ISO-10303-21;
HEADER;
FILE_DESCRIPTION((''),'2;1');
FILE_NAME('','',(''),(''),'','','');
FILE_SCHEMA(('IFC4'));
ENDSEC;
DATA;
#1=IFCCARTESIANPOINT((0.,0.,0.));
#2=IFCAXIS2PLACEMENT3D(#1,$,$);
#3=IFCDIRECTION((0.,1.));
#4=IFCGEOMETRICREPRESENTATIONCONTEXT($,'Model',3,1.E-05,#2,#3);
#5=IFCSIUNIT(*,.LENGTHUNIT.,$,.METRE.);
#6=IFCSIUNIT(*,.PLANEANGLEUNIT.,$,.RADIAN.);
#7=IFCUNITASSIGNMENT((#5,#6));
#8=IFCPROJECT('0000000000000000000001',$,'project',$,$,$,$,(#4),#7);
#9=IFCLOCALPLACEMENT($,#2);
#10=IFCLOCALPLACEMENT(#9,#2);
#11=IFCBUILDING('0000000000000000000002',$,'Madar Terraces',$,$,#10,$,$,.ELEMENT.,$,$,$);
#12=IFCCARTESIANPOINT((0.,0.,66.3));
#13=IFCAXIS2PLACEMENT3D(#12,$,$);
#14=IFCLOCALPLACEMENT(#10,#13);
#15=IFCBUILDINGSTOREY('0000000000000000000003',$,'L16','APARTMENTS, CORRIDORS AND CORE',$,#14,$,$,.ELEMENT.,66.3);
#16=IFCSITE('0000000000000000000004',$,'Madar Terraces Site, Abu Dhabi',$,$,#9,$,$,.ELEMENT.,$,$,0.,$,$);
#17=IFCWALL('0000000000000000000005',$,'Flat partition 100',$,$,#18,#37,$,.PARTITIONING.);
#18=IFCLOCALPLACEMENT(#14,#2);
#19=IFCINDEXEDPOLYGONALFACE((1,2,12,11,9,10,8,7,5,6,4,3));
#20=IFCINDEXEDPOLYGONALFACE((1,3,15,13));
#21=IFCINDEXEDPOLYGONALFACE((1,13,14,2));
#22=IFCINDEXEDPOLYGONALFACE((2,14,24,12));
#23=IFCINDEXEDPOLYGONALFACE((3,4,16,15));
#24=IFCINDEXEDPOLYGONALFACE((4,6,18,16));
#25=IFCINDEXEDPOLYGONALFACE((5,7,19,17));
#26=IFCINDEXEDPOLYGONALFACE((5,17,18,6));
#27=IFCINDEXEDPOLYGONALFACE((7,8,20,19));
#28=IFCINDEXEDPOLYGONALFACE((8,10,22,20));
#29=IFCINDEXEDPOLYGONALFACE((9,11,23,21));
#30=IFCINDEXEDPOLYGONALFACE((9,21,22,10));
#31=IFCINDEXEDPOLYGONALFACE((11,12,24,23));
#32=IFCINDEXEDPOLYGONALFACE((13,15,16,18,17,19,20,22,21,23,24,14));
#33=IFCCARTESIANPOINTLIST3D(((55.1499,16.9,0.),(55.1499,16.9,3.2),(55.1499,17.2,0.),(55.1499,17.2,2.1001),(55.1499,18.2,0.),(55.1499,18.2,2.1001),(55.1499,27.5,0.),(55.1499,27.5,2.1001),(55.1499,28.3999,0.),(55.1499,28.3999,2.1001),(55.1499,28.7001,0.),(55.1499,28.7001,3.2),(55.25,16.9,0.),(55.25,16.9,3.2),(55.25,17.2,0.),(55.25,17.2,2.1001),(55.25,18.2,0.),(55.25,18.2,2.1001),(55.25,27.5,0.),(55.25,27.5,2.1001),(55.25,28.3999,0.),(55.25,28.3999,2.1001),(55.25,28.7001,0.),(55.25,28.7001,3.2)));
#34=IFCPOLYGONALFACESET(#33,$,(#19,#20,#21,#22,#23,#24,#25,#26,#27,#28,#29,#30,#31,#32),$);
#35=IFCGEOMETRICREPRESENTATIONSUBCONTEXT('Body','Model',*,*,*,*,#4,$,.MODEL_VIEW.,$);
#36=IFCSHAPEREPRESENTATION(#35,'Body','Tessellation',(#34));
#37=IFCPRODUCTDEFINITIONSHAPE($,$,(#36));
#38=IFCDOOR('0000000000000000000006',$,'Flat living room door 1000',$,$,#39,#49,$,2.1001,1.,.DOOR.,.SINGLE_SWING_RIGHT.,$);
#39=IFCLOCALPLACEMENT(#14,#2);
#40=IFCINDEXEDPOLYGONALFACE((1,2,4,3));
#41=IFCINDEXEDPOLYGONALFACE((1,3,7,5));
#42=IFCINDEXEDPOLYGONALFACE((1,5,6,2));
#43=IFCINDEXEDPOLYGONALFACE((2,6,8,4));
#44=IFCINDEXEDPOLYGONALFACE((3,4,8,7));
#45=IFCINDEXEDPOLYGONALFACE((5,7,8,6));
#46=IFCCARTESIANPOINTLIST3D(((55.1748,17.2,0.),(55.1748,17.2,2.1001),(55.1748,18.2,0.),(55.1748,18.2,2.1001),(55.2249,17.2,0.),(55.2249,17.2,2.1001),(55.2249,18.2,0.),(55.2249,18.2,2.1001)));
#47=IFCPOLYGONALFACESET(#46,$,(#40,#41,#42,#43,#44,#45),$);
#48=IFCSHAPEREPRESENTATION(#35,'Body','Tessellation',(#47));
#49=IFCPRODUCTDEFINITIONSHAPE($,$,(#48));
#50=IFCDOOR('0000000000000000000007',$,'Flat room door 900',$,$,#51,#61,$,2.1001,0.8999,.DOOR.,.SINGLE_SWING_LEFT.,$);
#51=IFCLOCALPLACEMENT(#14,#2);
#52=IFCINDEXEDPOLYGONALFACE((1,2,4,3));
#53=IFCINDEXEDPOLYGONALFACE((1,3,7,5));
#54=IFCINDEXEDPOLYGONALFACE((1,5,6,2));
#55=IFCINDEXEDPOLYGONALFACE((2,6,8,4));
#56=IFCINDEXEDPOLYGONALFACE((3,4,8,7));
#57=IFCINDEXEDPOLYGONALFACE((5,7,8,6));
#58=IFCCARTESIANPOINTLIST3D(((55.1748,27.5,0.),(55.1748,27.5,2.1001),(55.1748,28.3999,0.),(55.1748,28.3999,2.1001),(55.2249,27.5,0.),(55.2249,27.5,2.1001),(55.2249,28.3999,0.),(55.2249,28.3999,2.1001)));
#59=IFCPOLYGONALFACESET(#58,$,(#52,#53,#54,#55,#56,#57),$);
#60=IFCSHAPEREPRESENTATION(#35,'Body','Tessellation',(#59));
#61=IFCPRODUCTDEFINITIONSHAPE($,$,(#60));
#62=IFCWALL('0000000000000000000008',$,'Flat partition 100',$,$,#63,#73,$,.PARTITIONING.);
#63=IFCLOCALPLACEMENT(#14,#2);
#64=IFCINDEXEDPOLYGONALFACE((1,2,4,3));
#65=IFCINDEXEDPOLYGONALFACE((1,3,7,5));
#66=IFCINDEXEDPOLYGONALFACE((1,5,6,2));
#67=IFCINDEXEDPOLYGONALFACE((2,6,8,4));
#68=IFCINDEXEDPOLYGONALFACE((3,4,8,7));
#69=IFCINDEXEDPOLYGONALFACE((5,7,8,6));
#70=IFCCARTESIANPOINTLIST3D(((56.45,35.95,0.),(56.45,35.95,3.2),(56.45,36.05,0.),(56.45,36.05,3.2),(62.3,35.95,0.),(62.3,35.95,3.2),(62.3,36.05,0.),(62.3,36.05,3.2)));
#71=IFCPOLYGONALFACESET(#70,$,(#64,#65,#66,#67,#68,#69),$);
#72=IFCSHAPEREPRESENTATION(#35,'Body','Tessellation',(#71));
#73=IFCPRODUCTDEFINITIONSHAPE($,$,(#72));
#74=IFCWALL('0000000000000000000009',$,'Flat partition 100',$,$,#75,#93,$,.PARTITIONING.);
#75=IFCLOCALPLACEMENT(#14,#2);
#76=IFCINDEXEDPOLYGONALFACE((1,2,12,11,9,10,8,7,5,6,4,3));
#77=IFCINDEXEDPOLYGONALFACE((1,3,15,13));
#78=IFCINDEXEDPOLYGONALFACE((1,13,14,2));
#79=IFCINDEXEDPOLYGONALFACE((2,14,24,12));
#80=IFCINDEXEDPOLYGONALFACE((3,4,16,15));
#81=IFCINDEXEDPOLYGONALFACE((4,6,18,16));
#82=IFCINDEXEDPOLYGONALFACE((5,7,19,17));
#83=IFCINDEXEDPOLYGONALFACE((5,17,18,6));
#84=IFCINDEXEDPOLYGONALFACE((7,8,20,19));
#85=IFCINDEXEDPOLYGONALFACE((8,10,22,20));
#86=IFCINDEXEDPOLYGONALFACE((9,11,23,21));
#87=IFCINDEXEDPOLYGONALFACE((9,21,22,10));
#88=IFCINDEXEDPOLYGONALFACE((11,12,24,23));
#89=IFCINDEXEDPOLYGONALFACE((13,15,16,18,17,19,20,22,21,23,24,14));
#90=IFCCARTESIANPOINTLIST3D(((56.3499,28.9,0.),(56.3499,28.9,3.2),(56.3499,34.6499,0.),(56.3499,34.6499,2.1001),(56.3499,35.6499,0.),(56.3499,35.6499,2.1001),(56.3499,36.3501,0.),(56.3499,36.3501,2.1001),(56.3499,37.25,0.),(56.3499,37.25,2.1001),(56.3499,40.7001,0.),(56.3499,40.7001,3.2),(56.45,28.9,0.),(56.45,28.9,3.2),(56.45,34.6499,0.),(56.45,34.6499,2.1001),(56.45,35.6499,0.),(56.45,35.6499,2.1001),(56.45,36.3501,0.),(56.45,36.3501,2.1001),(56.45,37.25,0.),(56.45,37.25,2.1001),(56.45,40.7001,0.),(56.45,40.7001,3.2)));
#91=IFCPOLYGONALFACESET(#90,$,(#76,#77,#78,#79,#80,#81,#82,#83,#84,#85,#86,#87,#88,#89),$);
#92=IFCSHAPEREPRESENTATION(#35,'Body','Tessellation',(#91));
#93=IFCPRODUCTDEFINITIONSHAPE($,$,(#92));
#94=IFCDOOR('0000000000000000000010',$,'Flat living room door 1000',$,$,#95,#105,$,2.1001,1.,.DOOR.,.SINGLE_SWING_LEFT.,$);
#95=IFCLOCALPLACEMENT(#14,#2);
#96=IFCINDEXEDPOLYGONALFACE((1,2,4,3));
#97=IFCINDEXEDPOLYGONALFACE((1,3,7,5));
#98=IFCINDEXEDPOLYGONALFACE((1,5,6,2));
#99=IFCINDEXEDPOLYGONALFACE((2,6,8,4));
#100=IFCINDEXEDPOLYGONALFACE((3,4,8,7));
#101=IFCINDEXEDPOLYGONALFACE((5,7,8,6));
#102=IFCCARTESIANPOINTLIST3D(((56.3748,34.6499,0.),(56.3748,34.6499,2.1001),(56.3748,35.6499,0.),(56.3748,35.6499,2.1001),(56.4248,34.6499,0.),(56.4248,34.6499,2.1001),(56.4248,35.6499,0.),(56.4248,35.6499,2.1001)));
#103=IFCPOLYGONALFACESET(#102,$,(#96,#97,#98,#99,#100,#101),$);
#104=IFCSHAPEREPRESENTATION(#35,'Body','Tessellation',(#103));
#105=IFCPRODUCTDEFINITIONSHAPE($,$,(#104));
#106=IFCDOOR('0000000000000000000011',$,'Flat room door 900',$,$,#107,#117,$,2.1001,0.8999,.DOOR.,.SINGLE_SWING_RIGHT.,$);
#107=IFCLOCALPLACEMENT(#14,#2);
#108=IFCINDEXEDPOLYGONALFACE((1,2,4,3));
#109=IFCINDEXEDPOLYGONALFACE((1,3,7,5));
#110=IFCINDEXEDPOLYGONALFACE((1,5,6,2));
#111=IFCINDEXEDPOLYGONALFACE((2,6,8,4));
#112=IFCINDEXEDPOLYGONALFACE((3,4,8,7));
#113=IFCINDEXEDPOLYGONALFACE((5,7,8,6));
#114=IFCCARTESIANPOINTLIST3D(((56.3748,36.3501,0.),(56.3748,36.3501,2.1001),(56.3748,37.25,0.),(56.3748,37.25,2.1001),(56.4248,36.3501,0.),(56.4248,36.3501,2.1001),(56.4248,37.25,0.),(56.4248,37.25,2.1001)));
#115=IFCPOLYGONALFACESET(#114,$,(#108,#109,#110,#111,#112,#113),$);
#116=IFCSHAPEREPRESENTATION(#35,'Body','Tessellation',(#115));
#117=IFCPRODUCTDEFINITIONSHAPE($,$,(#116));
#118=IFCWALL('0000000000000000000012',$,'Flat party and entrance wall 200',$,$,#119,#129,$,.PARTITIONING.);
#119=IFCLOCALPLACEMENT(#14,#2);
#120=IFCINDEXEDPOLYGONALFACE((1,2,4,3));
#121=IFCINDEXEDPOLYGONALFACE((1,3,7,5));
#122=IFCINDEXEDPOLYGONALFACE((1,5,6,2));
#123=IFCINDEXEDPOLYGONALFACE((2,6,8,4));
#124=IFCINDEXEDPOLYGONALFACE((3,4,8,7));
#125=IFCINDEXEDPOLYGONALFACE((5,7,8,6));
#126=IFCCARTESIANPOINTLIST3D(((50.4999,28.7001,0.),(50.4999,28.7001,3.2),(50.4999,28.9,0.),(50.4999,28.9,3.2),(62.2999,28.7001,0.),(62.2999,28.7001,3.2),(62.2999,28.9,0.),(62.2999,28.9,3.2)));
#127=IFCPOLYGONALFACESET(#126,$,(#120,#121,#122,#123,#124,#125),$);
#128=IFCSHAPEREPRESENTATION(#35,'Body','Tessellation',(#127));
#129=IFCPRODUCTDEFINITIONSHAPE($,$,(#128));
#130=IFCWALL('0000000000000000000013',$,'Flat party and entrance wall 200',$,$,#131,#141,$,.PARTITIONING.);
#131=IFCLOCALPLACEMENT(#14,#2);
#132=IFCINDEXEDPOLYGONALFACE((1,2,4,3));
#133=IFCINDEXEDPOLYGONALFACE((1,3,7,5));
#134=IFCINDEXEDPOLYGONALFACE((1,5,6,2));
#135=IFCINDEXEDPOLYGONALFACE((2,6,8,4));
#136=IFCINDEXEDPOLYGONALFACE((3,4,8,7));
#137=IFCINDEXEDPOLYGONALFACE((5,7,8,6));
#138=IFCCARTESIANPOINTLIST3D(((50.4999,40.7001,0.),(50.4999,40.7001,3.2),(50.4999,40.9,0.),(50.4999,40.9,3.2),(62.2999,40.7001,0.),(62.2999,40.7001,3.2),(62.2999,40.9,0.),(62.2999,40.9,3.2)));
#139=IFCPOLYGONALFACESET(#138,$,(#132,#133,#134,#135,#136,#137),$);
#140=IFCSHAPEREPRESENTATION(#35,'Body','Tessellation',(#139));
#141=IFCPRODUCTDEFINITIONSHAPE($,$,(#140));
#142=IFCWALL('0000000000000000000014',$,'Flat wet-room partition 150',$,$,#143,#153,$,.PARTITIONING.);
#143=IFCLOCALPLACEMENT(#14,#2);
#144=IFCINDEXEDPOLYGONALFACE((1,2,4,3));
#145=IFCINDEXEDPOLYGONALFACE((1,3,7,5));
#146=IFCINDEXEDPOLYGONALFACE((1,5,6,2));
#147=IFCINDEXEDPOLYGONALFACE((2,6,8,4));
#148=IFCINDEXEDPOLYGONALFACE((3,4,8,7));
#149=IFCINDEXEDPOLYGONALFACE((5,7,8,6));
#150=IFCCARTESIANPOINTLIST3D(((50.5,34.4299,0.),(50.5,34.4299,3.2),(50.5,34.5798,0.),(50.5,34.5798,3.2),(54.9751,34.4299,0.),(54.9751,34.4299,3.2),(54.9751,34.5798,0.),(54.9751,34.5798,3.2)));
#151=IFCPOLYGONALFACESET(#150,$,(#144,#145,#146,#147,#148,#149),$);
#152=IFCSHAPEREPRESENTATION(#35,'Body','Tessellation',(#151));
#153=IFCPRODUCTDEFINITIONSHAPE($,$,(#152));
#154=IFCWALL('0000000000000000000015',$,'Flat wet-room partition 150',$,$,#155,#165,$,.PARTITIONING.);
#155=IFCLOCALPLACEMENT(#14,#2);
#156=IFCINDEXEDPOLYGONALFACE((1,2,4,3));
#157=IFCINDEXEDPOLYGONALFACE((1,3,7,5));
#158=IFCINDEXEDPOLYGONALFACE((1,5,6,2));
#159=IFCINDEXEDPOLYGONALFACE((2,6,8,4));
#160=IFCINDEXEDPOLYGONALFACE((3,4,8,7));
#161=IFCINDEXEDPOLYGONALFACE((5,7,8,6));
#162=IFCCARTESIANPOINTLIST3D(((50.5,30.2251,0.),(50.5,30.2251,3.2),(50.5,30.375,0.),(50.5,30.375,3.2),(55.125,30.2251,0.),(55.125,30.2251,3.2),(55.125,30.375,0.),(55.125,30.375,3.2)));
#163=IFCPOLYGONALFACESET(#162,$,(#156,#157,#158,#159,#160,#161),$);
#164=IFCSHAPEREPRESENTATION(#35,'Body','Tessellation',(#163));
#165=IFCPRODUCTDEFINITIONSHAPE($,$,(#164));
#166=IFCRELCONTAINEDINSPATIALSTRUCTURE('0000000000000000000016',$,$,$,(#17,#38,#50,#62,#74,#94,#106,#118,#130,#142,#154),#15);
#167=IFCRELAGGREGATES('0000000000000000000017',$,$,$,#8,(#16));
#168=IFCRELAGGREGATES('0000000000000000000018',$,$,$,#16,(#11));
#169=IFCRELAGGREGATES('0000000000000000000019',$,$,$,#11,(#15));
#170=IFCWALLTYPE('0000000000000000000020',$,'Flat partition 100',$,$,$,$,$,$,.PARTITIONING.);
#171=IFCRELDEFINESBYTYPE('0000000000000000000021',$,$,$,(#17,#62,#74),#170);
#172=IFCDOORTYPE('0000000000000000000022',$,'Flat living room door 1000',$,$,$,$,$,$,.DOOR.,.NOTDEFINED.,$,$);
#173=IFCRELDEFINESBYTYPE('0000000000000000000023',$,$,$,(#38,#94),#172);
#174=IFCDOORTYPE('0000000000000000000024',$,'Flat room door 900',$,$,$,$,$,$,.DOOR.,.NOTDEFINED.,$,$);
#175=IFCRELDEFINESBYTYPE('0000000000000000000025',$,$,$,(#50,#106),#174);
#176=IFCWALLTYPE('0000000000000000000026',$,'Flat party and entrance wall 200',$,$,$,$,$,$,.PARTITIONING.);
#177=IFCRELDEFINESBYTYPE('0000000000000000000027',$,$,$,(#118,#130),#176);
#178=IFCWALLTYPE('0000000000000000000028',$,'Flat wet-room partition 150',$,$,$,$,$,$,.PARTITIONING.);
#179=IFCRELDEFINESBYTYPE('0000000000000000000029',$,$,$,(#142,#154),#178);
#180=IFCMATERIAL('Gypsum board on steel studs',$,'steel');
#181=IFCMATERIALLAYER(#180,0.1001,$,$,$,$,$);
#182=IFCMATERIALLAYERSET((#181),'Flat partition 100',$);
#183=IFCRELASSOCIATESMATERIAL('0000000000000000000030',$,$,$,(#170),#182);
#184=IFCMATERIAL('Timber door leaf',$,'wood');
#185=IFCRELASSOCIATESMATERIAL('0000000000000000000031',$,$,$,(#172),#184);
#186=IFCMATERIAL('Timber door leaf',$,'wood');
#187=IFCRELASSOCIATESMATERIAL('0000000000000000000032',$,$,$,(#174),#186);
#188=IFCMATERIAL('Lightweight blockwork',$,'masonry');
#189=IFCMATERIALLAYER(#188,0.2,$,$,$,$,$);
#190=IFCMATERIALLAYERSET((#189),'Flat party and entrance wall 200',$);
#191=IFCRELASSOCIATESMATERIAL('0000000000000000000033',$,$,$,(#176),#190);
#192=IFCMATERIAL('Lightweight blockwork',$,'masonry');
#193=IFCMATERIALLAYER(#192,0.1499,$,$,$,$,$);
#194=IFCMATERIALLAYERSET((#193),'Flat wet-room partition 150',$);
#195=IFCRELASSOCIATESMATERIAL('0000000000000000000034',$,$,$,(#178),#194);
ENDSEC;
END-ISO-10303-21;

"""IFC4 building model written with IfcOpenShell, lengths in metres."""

from ifc_helpers import new_model, si_unit, direction, frame, frame_2d, origin, place, context, subcontext, project, spatial, rectangle, extrude, material, layer, layer_set, type_object, element, fill, save


model = new_model("IFC4")

# Units and contexts
model_context = context("Model", 3, precision=1e-05, world=origin(), true_north=direction((0.0, 1.0)))
body_context = subcontext(model_context, "Body", "Model", "MODEL_VIEW")
ifc_project = project(units=[si_unit("LENGTHUNIT", "METRE"), si_unit("PLANEANGLEUNIT", "RADIAN")], contexts=[model_context])

# Site, building, storey
site_placement = place(None, origin())
site = spatial("IfcSite", under=ifc_project, at=site_placement, Name="Madar Terraces Site, Abu Dhabi", CompositionType="ELEMENT", RefElevation=0.0)
building_placement = place(site_placement, origin())
building = spatial("IfcBuilding", under=site, at=building_placement, Name="Madar Terraces", CompositionType="ELEMENT")
storey_placement = place(building_placement, frame((0.0, 0.0, 66.3)))
storey = spatial("IfcBuildingStorey", under=building, at=storey_placement, Name="L16", Description="APARTMENTS, CORRIDORS AND CORE", CompositionType="ELEMENT", Elevation=66.3)

# Wall, openings, doors
ifc_material_1 = material(Name="Gypsum board on steel studs", Category="steel")
ifc_layer_1 = layer(ifc_material_1, 0.1001)
ifc_layer_set_1 = layer_set([ifc_layer_1], Name="Flat partition 100")
wall_type_1 = type_object("IfcWallType", Name="Flat partition 100", PredefinedType="PARTITIONING", material=ifc_layer_set_1)
wall_1_placement = place(storey_placement, frame((55.2, 28.7, 0.0), z_axis=(0.0, 0.0, 1.0), x_axis=(0.0, -1.0, 0.0)))
wall_1 = element("IfcWall", 1, at=wall_1_placement, inside=storey, type_object=wall_type_1, Name="Flat partition 100", PredefinedType="PARTITIONING", context=body_context, shape_type="SweptSolid", body=[
    extrude(rectangle(XDim=11.8, YDim=0.1001, at=frame_2d((5.8999, 0.0))), origin(), (0.0, 0.0, 1.0), 3.2),
])
opening_1_placement = place(wall_1_placement, frame((10.5, 0.0, 0.0)))
opening_1 = element("IfcOpeningElement", 2, at=opening_1_placement, cuts=wall_1, PredefinedType="OPENING", context=body_context, shape_type="SweptSolid", body=[
    extrude(rectangle(XDim=1.0, YDim=2.1001, at=frame_2d((0.5, 1.05))), frame((0.0, 0.0601, 0.0), z_axis=(0.0, -1.0, 0.0), x_axis=(1.0, 0.0, 0.0)), (0.0, 0.0, 1.0), 0.1201),
])
opening_2_placement = place(wall_1_placement, frame((0.3, 0.0, 0.0)))
opening_2 = element("IfcOpeningElement", 3, at=opening_2_placement, cuts=wall_1, PredefinedType="OPENING", context=body_context, shape_type="SweptSolid", body=[
    extrude(rectangle(XDim=0.8999, YDim=2.1001, at=frame_2d((0.45, 1.05))), frame((0.0, 0.0601, 0.0), z_axis=(0.0, -1.0, 0.0), x_axis=(1.0, 0.0, 0.0)), (0.0, 0.0, 1.0), 0.1201),
])
ifc_material_2 = material(Name="Timber door leaf", Category="wood")
door_type_1 = type_object("IfcDoorType", Name="Flat living room door 1000", OperationType="NOTDEFINED", PredefinedType="DOOR", material=ifc_material_2)
door_1_placement = place(opening_1_placement, origin())
door_1 = element("IfcDoor", 4, at=door_1_placement, inside=storey, type_object=door_type_1, Name="Flat living room door 1000", OperationType="SINGLE_SWING_RIGHT", OverallHeight=2.1001, OverallWidth=1.0, PredefinedType="DOOR", context=body_context, shape_type="SweptSolid", body=[
    extrude(rectangle(XDim=1.0, YDim=2.1001, at=frame_2d((0.5, 1.05))), frame((0.0, 0.0249, 0.0), z_axis=(0.0, -1.0, 0.0), x_axis=(1.0, 0.0, 0.0)), (0.0, 0.0, 1.0), 0.05),
])
fill(opening_1, door_1)
ifc_material_3 = material(Name="Timber door leaf", Category="wood")
door_type_2 = type_object("IfcDoorType", Name="Flat room door 900", OperationType="NOTDEFINED", PredefinedType="DOOR", material=ifc_material_3)
door_2_placement = place(opening_2_placement, origin())
door_2 = element("IfcDoor", 5, at=door_2_placement, inside=storey, type_object=door_type_2, Name="Flat room door 900", OperationType="SINGLE_SWING_LEFT", OverallHeight=2.1001, OverallWidth=0.8999, PredefinedType="DOOR", context=body_context, shape_type="SweptSolid", body=[
    extrude(rectangle(XDim=0.8999, YDim=2.1001, at=frame_2d((0.45, 1.05))), frame((0.0, 0.0249, 0.0), z_axis=(0.0, -1.0, 0.0), x_axis=(1.0, 0.0, 0.0)), (0.0, 0.0, 1.0), 0.05),
])
fill(opening_2, door_2)

# Wall
wall_2_placement = place(storey_placement, frame((56.45, 36.0, 0.0), z_axis=(0.0, 0.0, 1.0), x_axis=(1.0, 0.0, 0.0)))
element("IfcWall", 6, at=wall_2_placement, inside=storey, type_object=wall_type_1, Name="Flat partition 100", PredefinedType="PARTITIONING", context=body_context, shape_type="SweptSolid", body=[
    extrude(rectangle(XDim=5.8501, YDim=0.1001, at=frame_2d((2.925, 0.0))), origin(), (0.0, 0.0, 1.0), 3.2),
])

# Wall, openings, doors
wall_3_placement = place(storey_placement, frame((56.3999, 40.7, 0.0), z_axis=(0.0, 0.0, 1.0), x_axis=(0.0, -1.0, 0.0)))
wall_3 = element("IfcWall", 7, at=wall_3_placement, inside=storey, type_object=wall_type_1, Name="Flat partition 100", PredefinedType="PARTITIONING", context=body_context, shape_type="SweptSolid", body=[
    extrude(rectangle(XDim=11.8, YDim=0.1001, at=frame_2d((5.8999, 0.0))), origin(), (0.0, 0.0, 1.0), 3.2),
])
opening_3_placement = place(wall_3_placement, frame((5.05, 0.0, 0.0)))
opening_3 = element("IfcOpeningElement", 8, at=opening_3_placement, cuts=wall_3, PredefinedType="OPENING", context=body_context, shape_type="SweptSolid", body=[
    extrude(rectangle(XDim=1.0, YDim=2.1001, at=frame_2d((0.5, 1.05))), frame((0.0, 0.0601, 0.0), z_axis=(0.0, -1.0, 0.0), x_axis=(1.0, 0.0, 0.0)), (0.0, 0.0, 1.0), 0.1201),
])
opening_4_placement = place(wall_3_placement, frame((3.45, 0.0, 0.0)))
opening_4 = element("IfcOpeningElement", 9, at=opening_4_placement, cuts=wall_3, PredefinedType="OPENING", context=body_context, shape_type="SweptSolid", body=[
    extrude(rectangle(XDim=0.8999, YDim=2.1001, at=frame_2d((0.45, 1.05))), frame((0.0, 0.0601, 0.0), z_axis=(0.0, -1.0, 0.0), x_axis=(1.0, 0.0, 0.0)), (0.0, 0.0, 1.0), 0.1201),
])
door_3_placement = place(opening_3_placement, origin())
door_3 = element("IfcDoor", 10, at=door_3_placement, inside=storey, type_object=door_type_1, Name="Flat living room door 1000", OperationType="SINGLE_SWING_LEFT", OverallHeight=2.1001, OverallWidth=1.0, PredefinedType="DOOR", context=body_context, shape_type="SweptSolid", body=[
    extrude(rectangle(XDim=1.0, YDim=2.1001, at=frame_2d((0.5, 1.05))), frame((0.0, 0.0249, 0.0), z_axis=(0.0, -1.0, 0.0), x_axis=(1.0, 0.0, 0.0)), (0.0, 0.0, 1.0), 0.05),
])
fill(opening_3, door_3)
door_4_placement = place(opening_4_placement, origin())
door_4 = element("IfcDoor", 11, at=door_4_placement, inside=storey, type_object=door_type_2, Name="Flat room door 900", OperationType="SINGLE_SWING_RIGHT", OverallHeight=2.1001, OverallWidth=0.8999, PredefinedType="DOOR", context=body_context, shape_type="SweptSolid", body=[
    extrude(rectangle(XDim=0.8999, YDim=2.1001, at=frame_2d((0.45, 1.05))), frame((0.0, 0.0249, 0.0), z_axis=(0.0, -1.0, 0.0), x_axis=(1.0, 0.0, 0.0)), (0.0, 0.0, 1.0), 0.05),
])
fill(opening_4, door_4)

# Walls
ifc_material_4 = material(Name="Lightweight blockwork", Category="masonry")
ifc_layer_2 = layer(ifc_material_4, 0.2)
ifc_layer_set_2 = layer_set([ifc_layer_2], Name="Flat party and entrance wall 200")
wall_type_2 = type_object("IfcWallType", Name="Flat party and entrance wall 200", PredefinedType="PARTITIONING", material=ifc_layer_set_2)
for number, where, z_axis, x_axis, name in (
    (12, (50.5, 28.8, 0.0), (0.0, 0.0, 1.0), (1.0, 0.0, 0.0), "Flat party and entrance wall 200"),
    (13, (50.5, 40.8, 0.0), (0.0, 0.0, 1.0), (1.0, 0.0, 0.0), "Flat party and entrance wall 200"),
):
    element("IfcWall", number, at=place(storey_placement, frame(where, z_axis=z_axis, x_axis=x_axis)), inside=storey, type_object=wall_type_2, Name=name, PredefinedType="PARTITIONING", context=body_context, shape_type="SweptSolid", body=[
        extrude(rectangle(XDim=11.8, YDim=0.2, at=frame_2d((5.8999, 0.0))), origin(), (0.0, 0.0, 1.0), 3.2),
    ])
ifc_material_5 = material(Name="Lightweight blockwork", Category="masonry")
ifc_layer_3 = layer(ifc_material_5, 0.1499)
ifc_layer_set_3 = layer_set([ifc_layer_3], Name="Flat wet-room partition 150")
wall_type_3 = type_object("IfcWallType", Name="Flat wet-room partition 150", PredefinedType="PARTITIONING", material=ifc_layer_set_3)
wall_4_placement = place(storey_placement, frame((50.5, 34.5049, 0.0), z_axis=(0.0, 0.0, 1.0), x_axis=(1.0, 0.0, 0.0)))
element("IfcWall", 14, at=wall_4_placement, inside=storey, type_object=wall_type_3, Name="Flat wet-room partition 150", PredefinedType="PARTITIONING", context=body_context, shape_type="SweptSolid", body=[
    extrude(rectangle(XDim=4.4751, YDim=0.1499, at=frame_2d((2.2375, 0.0))), origin(), (0.0, 0.0, 1.0), 3.2),
])
wall_5_placement = place(storey_placement, frame((50.5, 30.3, 0.0), z_axis=(0.0, 0.0, 1.0), x_axis=(1.0, 0.0, 0.0)))
element("IfcWall", 15, at=wall_5_placement, inside=storey, type_object=wall_type_3, Name="Flat wet-room partition 150", PredefinedType="PARTITIONING", context=body_context, shape_type="SweptSolid", body=[
    extrude(rectangle(XDim=4.625, YDim=0.1499, at=frame_2d((2.3125, 0.0))), origin(), (0.0, 0.0, 1.0), 3.2),
])

save(model, "model.ifc")
